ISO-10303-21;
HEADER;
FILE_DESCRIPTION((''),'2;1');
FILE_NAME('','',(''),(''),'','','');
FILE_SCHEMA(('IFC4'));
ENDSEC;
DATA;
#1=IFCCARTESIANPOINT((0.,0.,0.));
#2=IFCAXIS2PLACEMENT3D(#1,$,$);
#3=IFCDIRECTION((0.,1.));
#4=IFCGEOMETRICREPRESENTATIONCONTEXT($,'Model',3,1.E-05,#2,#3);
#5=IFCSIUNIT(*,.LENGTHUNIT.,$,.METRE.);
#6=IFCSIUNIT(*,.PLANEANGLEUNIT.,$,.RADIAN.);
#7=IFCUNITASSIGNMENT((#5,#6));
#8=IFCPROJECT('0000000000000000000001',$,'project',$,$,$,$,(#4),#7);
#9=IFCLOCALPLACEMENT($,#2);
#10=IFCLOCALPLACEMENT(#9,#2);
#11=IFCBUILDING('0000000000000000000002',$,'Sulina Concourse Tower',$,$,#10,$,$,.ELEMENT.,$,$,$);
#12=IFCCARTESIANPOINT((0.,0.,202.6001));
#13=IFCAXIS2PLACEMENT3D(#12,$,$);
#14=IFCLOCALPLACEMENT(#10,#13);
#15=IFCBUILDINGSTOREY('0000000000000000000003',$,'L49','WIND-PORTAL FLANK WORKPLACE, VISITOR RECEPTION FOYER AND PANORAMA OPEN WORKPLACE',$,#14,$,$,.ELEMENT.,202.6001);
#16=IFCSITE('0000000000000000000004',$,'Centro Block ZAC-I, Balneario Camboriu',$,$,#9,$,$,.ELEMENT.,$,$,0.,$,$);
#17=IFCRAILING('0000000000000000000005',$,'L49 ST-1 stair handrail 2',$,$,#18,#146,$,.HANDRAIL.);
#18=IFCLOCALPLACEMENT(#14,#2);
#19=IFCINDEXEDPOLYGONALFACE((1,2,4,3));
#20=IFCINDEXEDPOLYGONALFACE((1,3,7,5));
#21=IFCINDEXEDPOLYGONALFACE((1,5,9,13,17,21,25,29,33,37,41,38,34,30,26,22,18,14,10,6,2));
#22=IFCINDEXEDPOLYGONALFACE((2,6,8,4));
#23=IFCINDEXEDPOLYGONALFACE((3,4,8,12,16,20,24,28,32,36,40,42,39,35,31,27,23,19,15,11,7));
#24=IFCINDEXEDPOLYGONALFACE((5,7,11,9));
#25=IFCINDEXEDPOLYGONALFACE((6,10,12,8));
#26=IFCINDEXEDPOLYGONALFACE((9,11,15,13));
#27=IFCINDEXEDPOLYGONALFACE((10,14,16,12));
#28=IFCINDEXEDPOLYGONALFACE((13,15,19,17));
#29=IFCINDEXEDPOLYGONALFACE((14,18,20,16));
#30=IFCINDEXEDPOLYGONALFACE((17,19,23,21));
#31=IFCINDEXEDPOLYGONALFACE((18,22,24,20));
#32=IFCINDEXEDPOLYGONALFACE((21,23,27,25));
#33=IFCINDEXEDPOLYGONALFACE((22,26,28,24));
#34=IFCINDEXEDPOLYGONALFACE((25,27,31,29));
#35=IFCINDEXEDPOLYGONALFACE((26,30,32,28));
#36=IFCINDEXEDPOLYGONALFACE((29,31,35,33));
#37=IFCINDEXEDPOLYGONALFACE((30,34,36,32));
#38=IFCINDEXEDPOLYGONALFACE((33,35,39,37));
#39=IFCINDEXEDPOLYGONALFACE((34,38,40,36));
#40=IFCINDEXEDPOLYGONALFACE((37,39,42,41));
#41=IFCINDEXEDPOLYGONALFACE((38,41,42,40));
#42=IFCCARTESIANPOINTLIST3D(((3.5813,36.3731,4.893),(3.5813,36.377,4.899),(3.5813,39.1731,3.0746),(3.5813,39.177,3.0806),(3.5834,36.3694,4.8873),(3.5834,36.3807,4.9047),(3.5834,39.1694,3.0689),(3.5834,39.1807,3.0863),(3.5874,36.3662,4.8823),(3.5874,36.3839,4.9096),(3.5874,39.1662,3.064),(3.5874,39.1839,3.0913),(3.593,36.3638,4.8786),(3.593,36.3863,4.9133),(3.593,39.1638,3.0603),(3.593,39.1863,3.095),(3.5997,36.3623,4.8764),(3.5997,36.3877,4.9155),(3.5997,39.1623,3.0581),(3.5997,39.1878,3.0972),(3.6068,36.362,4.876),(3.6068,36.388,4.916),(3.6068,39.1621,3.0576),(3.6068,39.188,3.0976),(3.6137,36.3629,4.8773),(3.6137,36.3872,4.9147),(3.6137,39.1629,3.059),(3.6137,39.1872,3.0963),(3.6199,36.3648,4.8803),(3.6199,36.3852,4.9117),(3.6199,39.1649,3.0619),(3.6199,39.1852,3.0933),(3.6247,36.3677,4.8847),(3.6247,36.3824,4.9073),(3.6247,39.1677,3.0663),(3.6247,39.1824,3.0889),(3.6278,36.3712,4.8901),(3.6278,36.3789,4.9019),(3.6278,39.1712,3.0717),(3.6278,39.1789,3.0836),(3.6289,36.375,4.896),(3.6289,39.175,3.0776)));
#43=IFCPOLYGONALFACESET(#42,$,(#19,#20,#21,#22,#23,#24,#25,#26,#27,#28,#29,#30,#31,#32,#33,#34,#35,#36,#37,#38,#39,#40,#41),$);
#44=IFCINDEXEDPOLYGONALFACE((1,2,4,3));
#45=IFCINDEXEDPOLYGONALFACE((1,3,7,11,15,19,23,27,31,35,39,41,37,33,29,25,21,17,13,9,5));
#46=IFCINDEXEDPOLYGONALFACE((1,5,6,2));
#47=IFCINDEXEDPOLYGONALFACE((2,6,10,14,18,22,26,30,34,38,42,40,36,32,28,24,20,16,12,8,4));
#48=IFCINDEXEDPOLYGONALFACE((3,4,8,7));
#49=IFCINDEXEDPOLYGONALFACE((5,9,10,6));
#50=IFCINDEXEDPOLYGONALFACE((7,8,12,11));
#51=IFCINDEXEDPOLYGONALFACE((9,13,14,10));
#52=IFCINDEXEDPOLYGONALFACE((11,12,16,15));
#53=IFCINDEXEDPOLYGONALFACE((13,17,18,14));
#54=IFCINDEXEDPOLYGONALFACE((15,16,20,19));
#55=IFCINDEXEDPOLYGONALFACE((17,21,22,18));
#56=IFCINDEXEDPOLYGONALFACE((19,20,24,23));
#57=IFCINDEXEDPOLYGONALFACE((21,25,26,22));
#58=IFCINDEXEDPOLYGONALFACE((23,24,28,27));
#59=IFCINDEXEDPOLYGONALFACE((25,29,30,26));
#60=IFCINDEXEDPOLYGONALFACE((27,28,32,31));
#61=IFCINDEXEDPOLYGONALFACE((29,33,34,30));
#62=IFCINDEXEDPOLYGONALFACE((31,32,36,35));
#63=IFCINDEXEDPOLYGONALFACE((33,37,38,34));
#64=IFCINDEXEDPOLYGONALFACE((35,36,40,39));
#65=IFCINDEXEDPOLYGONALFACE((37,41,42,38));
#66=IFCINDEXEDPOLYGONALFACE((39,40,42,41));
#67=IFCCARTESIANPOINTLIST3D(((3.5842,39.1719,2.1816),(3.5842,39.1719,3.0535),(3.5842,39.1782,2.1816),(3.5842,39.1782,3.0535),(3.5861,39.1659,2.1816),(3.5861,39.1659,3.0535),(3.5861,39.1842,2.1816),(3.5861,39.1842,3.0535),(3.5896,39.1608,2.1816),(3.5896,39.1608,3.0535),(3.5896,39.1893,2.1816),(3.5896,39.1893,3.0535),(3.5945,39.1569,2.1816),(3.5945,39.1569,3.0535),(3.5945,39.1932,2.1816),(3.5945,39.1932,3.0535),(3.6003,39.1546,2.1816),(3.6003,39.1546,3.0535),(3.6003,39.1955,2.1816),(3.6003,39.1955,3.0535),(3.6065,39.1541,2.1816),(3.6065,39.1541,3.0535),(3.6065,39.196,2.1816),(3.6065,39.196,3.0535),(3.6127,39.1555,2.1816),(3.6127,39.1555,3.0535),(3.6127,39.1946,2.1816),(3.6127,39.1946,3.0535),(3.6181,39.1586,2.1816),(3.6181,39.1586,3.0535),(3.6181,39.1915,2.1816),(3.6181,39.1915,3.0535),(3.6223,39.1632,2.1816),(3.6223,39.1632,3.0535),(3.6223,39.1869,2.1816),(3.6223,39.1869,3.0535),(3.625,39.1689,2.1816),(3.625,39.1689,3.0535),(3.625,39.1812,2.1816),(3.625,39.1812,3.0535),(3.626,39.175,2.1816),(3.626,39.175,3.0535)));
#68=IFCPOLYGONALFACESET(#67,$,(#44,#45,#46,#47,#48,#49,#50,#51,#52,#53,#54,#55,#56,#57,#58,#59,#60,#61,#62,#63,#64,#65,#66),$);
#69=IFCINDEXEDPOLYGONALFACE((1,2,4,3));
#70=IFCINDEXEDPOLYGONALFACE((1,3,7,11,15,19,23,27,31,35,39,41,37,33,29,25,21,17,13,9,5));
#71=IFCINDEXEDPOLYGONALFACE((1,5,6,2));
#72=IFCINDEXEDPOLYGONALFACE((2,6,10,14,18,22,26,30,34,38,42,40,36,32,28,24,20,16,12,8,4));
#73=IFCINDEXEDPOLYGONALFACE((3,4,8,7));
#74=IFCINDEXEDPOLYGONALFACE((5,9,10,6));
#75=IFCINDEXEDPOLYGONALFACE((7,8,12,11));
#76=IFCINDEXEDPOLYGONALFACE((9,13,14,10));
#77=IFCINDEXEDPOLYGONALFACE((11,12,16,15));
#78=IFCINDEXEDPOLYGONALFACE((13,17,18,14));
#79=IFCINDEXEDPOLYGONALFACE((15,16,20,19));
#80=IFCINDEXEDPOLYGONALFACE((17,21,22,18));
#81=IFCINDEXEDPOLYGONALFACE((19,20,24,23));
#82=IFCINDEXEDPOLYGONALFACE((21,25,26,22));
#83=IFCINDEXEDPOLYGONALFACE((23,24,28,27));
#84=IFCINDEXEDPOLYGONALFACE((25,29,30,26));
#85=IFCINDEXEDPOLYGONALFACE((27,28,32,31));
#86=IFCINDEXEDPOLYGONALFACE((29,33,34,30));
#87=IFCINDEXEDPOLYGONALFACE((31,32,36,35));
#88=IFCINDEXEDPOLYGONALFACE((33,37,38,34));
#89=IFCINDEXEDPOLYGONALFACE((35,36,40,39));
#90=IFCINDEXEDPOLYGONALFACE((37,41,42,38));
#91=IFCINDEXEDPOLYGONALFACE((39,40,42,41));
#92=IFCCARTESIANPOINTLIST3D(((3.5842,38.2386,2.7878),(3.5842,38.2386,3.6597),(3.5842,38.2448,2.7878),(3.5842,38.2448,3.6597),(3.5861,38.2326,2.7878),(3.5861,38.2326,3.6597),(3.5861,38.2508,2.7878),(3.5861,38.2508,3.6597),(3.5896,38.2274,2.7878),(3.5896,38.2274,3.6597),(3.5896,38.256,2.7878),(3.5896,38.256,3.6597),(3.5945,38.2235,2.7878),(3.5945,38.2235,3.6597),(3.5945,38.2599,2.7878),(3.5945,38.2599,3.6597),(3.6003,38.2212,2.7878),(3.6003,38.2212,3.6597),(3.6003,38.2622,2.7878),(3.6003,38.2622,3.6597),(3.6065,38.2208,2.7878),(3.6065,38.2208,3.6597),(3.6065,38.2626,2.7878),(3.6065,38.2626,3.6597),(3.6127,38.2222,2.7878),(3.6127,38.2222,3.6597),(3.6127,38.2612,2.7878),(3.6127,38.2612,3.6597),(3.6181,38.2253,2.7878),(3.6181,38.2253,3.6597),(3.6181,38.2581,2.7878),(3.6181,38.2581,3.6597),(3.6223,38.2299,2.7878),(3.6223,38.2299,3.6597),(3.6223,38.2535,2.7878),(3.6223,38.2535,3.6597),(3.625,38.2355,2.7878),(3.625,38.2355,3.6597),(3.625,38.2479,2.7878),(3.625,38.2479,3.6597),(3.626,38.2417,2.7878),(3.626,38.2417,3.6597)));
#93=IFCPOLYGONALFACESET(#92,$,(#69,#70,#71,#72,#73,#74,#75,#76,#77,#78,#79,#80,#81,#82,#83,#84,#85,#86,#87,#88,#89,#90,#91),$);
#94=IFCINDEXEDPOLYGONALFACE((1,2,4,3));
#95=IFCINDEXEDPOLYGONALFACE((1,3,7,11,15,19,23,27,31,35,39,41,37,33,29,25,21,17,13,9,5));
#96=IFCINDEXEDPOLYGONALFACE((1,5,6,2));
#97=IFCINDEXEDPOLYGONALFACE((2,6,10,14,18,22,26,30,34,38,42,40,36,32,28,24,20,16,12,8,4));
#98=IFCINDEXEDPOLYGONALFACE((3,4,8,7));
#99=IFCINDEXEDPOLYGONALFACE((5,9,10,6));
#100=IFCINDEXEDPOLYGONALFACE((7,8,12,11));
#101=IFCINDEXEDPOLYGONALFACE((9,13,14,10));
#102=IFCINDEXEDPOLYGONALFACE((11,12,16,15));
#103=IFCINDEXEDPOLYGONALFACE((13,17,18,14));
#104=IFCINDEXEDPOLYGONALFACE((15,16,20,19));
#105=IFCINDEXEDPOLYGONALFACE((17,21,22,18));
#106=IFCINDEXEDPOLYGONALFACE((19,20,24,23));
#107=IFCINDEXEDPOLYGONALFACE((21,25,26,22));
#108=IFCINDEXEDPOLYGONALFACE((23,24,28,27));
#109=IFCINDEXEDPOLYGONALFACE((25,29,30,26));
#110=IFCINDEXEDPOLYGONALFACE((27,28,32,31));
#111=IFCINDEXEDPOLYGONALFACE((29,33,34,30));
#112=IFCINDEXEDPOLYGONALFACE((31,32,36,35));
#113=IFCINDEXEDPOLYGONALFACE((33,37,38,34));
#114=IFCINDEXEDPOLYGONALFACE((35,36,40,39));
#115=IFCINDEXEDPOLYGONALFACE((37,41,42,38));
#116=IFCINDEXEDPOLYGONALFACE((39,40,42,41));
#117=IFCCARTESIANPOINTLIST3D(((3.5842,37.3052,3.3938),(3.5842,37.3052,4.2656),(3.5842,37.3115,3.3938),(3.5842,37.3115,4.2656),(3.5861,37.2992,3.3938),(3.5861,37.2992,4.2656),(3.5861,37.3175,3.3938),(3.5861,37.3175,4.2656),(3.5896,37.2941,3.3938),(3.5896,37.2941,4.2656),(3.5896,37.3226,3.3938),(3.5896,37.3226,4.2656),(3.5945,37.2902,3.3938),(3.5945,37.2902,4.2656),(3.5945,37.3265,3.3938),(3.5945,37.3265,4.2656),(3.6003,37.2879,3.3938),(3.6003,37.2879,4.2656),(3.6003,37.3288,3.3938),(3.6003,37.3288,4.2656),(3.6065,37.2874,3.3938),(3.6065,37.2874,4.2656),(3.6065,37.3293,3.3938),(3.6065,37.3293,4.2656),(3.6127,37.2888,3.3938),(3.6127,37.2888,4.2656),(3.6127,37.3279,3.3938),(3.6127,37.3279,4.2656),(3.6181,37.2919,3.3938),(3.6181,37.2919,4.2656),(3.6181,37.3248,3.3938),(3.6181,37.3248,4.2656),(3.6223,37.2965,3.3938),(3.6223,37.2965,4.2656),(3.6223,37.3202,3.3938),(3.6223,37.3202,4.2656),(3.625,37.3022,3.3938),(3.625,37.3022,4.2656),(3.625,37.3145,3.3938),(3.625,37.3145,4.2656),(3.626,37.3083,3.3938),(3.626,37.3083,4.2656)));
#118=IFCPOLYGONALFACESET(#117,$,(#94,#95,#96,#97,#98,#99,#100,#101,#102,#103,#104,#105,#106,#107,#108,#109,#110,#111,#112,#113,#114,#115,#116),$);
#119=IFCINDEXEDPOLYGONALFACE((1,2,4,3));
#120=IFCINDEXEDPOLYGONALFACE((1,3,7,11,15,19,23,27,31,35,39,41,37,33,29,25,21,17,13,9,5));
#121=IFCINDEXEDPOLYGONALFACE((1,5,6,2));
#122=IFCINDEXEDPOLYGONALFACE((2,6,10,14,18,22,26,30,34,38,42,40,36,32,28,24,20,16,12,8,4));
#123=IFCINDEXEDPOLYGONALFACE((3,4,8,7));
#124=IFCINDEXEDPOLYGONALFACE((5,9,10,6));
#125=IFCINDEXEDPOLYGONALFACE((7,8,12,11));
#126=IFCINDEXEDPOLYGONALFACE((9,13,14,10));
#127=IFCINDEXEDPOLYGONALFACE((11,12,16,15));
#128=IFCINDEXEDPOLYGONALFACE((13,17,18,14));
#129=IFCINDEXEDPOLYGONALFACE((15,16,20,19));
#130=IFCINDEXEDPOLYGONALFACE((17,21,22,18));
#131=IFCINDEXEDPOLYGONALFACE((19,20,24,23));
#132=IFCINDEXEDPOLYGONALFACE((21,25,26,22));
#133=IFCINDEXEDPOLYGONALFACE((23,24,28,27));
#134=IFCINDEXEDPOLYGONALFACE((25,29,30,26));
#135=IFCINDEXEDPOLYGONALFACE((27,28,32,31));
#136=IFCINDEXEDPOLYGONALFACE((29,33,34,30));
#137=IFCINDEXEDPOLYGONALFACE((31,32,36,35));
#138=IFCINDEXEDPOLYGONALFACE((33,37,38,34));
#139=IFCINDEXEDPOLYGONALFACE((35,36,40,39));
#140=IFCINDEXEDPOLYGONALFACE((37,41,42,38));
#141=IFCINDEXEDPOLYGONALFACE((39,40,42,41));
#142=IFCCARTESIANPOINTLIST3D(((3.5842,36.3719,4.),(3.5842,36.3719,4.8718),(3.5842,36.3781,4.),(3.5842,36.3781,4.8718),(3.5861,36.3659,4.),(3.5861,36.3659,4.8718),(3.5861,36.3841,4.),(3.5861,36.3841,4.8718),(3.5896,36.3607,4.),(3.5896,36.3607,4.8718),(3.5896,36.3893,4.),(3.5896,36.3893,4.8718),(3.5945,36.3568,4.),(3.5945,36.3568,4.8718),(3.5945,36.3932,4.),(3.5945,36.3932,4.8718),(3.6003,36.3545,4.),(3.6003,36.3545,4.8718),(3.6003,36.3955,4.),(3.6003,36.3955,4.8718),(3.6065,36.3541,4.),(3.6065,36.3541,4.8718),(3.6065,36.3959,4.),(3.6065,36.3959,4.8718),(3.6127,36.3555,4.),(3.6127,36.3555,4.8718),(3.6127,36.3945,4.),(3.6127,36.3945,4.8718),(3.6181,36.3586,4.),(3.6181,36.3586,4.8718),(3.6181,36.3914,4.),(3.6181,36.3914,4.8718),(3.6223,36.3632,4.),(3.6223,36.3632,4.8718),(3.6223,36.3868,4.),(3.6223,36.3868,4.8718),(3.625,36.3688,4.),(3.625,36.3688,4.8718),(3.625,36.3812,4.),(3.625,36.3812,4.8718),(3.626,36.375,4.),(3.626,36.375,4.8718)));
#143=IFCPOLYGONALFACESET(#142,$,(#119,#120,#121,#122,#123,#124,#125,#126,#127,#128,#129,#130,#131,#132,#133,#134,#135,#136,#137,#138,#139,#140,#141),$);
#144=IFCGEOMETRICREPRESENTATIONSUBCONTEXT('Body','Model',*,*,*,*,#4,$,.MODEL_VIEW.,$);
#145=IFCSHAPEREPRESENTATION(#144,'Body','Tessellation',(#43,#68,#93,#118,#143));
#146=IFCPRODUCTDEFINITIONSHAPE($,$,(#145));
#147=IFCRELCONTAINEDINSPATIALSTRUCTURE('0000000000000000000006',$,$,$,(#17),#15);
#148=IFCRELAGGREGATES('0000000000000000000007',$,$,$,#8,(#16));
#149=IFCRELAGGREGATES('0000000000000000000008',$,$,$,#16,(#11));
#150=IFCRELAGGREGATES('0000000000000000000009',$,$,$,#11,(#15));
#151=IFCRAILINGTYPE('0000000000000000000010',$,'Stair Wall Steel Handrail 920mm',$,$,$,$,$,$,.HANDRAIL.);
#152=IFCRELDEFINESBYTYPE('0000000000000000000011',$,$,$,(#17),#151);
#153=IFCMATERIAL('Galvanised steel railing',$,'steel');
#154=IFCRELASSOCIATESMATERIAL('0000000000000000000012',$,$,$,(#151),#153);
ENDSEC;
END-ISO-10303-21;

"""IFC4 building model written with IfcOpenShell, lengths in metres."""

from ifc_helpers import new_model, si_unit, direction, frame, origin, origin_2d, place, context, subcontext, project, spatial, circle, extrude, material, type_object, element, save


model = new_model("IFC4")

# Units and contexts
model_context = context("Model", 3, precision=1e-05, world=origin(), true_north=direction((0.0, 1.0)))
body_context = subcontext(model_context, "Body", "Model", "MODEL_VIEW")
ifc_project = project(units=[si_unit("LENGTHUNIT", "METRE"), si_unit("PLANEANGLEUNIT", "RADIAN")], contexts=[model_context])

# Site, building, storey
site_placement = place(None, origin())
site = spatial("IfcSite", under=ifc_project, at=site_placement, Name="Centro Block ZAC-I, Balneario Camboriu", CompositionType="ELEMENT", RefElevation=0.0)
building_placement = place(site_placement, origin())
building = spatial("IfcBuilding", under=site, at=building_placement, Name="Sulina Concourse Tower", CompositionType="ELEMENT")
storey_placement = place(building_placement, frame((0.0, 0.0, 202.6001)))
storey = spatial("IfcBuildingStorey", under=building, at=storey_placement, Name="L49", Description="WIND-PORTAL FLANK WORKPLACE, VISITOR RECEPTION FOYER AND PANORAMA OPEN WORKPLACE", CompositionType="ELEMENT", Elevation=202.6001)

# Railing
ifc_material_1 = material(Name="Galvanised steel railing", Category="steel")
railing_type_1 = type_object("IfcRailingType", Name="Stair Wall Steel Handrail 920mm", PredefinedType="HANDRAIL", material=ifc_material_1)
railing_1_placement = place(storey_placement, frame((3.605, 39.175, 2.1816)))
element("IfcRailing", 1, at=railing_1_placement, inside=storey, type_object=railing_type_1, Name="L49 ST-1 stair handrail 2", PredefinedType="HANDRAIL", context=body_context, shape_type="SweptSolid", body=[
    extrude(circle(Radius=0.0239, at=origin_2d()), frame((0.0, 0.0, 0.896), z_axis=(0.0, -0.838672, 0.544636), x_axis=(1.0, 0.0, 0.0)), (0.0, 0.0, 1.0), 3.3386),
    extrude(circle(Radius=0.021, at=origin_2d()), origin(), (0.0, 0.0, 1.0), 0.8718),
    extrude(circle(Radius=0.021, at=origin_2d()), frame((0.0, -0.9333, 0.6062)), (0.0, 0.0, 1.0), 0.8718),
    extrude(circle(Radius=0.021, at=origin_2d()), frame((0.0, -1.8667, 1.2122)), (0.0, 0.0, 1.0), 0.8718),
    extrude(circle(Radius=0.021, at=origin_2d()), frame((0.0, -2.8, 1.8184)), (0.0, 0.0, 1.0), 0.8718),
])

save(model, "model.ifc")
